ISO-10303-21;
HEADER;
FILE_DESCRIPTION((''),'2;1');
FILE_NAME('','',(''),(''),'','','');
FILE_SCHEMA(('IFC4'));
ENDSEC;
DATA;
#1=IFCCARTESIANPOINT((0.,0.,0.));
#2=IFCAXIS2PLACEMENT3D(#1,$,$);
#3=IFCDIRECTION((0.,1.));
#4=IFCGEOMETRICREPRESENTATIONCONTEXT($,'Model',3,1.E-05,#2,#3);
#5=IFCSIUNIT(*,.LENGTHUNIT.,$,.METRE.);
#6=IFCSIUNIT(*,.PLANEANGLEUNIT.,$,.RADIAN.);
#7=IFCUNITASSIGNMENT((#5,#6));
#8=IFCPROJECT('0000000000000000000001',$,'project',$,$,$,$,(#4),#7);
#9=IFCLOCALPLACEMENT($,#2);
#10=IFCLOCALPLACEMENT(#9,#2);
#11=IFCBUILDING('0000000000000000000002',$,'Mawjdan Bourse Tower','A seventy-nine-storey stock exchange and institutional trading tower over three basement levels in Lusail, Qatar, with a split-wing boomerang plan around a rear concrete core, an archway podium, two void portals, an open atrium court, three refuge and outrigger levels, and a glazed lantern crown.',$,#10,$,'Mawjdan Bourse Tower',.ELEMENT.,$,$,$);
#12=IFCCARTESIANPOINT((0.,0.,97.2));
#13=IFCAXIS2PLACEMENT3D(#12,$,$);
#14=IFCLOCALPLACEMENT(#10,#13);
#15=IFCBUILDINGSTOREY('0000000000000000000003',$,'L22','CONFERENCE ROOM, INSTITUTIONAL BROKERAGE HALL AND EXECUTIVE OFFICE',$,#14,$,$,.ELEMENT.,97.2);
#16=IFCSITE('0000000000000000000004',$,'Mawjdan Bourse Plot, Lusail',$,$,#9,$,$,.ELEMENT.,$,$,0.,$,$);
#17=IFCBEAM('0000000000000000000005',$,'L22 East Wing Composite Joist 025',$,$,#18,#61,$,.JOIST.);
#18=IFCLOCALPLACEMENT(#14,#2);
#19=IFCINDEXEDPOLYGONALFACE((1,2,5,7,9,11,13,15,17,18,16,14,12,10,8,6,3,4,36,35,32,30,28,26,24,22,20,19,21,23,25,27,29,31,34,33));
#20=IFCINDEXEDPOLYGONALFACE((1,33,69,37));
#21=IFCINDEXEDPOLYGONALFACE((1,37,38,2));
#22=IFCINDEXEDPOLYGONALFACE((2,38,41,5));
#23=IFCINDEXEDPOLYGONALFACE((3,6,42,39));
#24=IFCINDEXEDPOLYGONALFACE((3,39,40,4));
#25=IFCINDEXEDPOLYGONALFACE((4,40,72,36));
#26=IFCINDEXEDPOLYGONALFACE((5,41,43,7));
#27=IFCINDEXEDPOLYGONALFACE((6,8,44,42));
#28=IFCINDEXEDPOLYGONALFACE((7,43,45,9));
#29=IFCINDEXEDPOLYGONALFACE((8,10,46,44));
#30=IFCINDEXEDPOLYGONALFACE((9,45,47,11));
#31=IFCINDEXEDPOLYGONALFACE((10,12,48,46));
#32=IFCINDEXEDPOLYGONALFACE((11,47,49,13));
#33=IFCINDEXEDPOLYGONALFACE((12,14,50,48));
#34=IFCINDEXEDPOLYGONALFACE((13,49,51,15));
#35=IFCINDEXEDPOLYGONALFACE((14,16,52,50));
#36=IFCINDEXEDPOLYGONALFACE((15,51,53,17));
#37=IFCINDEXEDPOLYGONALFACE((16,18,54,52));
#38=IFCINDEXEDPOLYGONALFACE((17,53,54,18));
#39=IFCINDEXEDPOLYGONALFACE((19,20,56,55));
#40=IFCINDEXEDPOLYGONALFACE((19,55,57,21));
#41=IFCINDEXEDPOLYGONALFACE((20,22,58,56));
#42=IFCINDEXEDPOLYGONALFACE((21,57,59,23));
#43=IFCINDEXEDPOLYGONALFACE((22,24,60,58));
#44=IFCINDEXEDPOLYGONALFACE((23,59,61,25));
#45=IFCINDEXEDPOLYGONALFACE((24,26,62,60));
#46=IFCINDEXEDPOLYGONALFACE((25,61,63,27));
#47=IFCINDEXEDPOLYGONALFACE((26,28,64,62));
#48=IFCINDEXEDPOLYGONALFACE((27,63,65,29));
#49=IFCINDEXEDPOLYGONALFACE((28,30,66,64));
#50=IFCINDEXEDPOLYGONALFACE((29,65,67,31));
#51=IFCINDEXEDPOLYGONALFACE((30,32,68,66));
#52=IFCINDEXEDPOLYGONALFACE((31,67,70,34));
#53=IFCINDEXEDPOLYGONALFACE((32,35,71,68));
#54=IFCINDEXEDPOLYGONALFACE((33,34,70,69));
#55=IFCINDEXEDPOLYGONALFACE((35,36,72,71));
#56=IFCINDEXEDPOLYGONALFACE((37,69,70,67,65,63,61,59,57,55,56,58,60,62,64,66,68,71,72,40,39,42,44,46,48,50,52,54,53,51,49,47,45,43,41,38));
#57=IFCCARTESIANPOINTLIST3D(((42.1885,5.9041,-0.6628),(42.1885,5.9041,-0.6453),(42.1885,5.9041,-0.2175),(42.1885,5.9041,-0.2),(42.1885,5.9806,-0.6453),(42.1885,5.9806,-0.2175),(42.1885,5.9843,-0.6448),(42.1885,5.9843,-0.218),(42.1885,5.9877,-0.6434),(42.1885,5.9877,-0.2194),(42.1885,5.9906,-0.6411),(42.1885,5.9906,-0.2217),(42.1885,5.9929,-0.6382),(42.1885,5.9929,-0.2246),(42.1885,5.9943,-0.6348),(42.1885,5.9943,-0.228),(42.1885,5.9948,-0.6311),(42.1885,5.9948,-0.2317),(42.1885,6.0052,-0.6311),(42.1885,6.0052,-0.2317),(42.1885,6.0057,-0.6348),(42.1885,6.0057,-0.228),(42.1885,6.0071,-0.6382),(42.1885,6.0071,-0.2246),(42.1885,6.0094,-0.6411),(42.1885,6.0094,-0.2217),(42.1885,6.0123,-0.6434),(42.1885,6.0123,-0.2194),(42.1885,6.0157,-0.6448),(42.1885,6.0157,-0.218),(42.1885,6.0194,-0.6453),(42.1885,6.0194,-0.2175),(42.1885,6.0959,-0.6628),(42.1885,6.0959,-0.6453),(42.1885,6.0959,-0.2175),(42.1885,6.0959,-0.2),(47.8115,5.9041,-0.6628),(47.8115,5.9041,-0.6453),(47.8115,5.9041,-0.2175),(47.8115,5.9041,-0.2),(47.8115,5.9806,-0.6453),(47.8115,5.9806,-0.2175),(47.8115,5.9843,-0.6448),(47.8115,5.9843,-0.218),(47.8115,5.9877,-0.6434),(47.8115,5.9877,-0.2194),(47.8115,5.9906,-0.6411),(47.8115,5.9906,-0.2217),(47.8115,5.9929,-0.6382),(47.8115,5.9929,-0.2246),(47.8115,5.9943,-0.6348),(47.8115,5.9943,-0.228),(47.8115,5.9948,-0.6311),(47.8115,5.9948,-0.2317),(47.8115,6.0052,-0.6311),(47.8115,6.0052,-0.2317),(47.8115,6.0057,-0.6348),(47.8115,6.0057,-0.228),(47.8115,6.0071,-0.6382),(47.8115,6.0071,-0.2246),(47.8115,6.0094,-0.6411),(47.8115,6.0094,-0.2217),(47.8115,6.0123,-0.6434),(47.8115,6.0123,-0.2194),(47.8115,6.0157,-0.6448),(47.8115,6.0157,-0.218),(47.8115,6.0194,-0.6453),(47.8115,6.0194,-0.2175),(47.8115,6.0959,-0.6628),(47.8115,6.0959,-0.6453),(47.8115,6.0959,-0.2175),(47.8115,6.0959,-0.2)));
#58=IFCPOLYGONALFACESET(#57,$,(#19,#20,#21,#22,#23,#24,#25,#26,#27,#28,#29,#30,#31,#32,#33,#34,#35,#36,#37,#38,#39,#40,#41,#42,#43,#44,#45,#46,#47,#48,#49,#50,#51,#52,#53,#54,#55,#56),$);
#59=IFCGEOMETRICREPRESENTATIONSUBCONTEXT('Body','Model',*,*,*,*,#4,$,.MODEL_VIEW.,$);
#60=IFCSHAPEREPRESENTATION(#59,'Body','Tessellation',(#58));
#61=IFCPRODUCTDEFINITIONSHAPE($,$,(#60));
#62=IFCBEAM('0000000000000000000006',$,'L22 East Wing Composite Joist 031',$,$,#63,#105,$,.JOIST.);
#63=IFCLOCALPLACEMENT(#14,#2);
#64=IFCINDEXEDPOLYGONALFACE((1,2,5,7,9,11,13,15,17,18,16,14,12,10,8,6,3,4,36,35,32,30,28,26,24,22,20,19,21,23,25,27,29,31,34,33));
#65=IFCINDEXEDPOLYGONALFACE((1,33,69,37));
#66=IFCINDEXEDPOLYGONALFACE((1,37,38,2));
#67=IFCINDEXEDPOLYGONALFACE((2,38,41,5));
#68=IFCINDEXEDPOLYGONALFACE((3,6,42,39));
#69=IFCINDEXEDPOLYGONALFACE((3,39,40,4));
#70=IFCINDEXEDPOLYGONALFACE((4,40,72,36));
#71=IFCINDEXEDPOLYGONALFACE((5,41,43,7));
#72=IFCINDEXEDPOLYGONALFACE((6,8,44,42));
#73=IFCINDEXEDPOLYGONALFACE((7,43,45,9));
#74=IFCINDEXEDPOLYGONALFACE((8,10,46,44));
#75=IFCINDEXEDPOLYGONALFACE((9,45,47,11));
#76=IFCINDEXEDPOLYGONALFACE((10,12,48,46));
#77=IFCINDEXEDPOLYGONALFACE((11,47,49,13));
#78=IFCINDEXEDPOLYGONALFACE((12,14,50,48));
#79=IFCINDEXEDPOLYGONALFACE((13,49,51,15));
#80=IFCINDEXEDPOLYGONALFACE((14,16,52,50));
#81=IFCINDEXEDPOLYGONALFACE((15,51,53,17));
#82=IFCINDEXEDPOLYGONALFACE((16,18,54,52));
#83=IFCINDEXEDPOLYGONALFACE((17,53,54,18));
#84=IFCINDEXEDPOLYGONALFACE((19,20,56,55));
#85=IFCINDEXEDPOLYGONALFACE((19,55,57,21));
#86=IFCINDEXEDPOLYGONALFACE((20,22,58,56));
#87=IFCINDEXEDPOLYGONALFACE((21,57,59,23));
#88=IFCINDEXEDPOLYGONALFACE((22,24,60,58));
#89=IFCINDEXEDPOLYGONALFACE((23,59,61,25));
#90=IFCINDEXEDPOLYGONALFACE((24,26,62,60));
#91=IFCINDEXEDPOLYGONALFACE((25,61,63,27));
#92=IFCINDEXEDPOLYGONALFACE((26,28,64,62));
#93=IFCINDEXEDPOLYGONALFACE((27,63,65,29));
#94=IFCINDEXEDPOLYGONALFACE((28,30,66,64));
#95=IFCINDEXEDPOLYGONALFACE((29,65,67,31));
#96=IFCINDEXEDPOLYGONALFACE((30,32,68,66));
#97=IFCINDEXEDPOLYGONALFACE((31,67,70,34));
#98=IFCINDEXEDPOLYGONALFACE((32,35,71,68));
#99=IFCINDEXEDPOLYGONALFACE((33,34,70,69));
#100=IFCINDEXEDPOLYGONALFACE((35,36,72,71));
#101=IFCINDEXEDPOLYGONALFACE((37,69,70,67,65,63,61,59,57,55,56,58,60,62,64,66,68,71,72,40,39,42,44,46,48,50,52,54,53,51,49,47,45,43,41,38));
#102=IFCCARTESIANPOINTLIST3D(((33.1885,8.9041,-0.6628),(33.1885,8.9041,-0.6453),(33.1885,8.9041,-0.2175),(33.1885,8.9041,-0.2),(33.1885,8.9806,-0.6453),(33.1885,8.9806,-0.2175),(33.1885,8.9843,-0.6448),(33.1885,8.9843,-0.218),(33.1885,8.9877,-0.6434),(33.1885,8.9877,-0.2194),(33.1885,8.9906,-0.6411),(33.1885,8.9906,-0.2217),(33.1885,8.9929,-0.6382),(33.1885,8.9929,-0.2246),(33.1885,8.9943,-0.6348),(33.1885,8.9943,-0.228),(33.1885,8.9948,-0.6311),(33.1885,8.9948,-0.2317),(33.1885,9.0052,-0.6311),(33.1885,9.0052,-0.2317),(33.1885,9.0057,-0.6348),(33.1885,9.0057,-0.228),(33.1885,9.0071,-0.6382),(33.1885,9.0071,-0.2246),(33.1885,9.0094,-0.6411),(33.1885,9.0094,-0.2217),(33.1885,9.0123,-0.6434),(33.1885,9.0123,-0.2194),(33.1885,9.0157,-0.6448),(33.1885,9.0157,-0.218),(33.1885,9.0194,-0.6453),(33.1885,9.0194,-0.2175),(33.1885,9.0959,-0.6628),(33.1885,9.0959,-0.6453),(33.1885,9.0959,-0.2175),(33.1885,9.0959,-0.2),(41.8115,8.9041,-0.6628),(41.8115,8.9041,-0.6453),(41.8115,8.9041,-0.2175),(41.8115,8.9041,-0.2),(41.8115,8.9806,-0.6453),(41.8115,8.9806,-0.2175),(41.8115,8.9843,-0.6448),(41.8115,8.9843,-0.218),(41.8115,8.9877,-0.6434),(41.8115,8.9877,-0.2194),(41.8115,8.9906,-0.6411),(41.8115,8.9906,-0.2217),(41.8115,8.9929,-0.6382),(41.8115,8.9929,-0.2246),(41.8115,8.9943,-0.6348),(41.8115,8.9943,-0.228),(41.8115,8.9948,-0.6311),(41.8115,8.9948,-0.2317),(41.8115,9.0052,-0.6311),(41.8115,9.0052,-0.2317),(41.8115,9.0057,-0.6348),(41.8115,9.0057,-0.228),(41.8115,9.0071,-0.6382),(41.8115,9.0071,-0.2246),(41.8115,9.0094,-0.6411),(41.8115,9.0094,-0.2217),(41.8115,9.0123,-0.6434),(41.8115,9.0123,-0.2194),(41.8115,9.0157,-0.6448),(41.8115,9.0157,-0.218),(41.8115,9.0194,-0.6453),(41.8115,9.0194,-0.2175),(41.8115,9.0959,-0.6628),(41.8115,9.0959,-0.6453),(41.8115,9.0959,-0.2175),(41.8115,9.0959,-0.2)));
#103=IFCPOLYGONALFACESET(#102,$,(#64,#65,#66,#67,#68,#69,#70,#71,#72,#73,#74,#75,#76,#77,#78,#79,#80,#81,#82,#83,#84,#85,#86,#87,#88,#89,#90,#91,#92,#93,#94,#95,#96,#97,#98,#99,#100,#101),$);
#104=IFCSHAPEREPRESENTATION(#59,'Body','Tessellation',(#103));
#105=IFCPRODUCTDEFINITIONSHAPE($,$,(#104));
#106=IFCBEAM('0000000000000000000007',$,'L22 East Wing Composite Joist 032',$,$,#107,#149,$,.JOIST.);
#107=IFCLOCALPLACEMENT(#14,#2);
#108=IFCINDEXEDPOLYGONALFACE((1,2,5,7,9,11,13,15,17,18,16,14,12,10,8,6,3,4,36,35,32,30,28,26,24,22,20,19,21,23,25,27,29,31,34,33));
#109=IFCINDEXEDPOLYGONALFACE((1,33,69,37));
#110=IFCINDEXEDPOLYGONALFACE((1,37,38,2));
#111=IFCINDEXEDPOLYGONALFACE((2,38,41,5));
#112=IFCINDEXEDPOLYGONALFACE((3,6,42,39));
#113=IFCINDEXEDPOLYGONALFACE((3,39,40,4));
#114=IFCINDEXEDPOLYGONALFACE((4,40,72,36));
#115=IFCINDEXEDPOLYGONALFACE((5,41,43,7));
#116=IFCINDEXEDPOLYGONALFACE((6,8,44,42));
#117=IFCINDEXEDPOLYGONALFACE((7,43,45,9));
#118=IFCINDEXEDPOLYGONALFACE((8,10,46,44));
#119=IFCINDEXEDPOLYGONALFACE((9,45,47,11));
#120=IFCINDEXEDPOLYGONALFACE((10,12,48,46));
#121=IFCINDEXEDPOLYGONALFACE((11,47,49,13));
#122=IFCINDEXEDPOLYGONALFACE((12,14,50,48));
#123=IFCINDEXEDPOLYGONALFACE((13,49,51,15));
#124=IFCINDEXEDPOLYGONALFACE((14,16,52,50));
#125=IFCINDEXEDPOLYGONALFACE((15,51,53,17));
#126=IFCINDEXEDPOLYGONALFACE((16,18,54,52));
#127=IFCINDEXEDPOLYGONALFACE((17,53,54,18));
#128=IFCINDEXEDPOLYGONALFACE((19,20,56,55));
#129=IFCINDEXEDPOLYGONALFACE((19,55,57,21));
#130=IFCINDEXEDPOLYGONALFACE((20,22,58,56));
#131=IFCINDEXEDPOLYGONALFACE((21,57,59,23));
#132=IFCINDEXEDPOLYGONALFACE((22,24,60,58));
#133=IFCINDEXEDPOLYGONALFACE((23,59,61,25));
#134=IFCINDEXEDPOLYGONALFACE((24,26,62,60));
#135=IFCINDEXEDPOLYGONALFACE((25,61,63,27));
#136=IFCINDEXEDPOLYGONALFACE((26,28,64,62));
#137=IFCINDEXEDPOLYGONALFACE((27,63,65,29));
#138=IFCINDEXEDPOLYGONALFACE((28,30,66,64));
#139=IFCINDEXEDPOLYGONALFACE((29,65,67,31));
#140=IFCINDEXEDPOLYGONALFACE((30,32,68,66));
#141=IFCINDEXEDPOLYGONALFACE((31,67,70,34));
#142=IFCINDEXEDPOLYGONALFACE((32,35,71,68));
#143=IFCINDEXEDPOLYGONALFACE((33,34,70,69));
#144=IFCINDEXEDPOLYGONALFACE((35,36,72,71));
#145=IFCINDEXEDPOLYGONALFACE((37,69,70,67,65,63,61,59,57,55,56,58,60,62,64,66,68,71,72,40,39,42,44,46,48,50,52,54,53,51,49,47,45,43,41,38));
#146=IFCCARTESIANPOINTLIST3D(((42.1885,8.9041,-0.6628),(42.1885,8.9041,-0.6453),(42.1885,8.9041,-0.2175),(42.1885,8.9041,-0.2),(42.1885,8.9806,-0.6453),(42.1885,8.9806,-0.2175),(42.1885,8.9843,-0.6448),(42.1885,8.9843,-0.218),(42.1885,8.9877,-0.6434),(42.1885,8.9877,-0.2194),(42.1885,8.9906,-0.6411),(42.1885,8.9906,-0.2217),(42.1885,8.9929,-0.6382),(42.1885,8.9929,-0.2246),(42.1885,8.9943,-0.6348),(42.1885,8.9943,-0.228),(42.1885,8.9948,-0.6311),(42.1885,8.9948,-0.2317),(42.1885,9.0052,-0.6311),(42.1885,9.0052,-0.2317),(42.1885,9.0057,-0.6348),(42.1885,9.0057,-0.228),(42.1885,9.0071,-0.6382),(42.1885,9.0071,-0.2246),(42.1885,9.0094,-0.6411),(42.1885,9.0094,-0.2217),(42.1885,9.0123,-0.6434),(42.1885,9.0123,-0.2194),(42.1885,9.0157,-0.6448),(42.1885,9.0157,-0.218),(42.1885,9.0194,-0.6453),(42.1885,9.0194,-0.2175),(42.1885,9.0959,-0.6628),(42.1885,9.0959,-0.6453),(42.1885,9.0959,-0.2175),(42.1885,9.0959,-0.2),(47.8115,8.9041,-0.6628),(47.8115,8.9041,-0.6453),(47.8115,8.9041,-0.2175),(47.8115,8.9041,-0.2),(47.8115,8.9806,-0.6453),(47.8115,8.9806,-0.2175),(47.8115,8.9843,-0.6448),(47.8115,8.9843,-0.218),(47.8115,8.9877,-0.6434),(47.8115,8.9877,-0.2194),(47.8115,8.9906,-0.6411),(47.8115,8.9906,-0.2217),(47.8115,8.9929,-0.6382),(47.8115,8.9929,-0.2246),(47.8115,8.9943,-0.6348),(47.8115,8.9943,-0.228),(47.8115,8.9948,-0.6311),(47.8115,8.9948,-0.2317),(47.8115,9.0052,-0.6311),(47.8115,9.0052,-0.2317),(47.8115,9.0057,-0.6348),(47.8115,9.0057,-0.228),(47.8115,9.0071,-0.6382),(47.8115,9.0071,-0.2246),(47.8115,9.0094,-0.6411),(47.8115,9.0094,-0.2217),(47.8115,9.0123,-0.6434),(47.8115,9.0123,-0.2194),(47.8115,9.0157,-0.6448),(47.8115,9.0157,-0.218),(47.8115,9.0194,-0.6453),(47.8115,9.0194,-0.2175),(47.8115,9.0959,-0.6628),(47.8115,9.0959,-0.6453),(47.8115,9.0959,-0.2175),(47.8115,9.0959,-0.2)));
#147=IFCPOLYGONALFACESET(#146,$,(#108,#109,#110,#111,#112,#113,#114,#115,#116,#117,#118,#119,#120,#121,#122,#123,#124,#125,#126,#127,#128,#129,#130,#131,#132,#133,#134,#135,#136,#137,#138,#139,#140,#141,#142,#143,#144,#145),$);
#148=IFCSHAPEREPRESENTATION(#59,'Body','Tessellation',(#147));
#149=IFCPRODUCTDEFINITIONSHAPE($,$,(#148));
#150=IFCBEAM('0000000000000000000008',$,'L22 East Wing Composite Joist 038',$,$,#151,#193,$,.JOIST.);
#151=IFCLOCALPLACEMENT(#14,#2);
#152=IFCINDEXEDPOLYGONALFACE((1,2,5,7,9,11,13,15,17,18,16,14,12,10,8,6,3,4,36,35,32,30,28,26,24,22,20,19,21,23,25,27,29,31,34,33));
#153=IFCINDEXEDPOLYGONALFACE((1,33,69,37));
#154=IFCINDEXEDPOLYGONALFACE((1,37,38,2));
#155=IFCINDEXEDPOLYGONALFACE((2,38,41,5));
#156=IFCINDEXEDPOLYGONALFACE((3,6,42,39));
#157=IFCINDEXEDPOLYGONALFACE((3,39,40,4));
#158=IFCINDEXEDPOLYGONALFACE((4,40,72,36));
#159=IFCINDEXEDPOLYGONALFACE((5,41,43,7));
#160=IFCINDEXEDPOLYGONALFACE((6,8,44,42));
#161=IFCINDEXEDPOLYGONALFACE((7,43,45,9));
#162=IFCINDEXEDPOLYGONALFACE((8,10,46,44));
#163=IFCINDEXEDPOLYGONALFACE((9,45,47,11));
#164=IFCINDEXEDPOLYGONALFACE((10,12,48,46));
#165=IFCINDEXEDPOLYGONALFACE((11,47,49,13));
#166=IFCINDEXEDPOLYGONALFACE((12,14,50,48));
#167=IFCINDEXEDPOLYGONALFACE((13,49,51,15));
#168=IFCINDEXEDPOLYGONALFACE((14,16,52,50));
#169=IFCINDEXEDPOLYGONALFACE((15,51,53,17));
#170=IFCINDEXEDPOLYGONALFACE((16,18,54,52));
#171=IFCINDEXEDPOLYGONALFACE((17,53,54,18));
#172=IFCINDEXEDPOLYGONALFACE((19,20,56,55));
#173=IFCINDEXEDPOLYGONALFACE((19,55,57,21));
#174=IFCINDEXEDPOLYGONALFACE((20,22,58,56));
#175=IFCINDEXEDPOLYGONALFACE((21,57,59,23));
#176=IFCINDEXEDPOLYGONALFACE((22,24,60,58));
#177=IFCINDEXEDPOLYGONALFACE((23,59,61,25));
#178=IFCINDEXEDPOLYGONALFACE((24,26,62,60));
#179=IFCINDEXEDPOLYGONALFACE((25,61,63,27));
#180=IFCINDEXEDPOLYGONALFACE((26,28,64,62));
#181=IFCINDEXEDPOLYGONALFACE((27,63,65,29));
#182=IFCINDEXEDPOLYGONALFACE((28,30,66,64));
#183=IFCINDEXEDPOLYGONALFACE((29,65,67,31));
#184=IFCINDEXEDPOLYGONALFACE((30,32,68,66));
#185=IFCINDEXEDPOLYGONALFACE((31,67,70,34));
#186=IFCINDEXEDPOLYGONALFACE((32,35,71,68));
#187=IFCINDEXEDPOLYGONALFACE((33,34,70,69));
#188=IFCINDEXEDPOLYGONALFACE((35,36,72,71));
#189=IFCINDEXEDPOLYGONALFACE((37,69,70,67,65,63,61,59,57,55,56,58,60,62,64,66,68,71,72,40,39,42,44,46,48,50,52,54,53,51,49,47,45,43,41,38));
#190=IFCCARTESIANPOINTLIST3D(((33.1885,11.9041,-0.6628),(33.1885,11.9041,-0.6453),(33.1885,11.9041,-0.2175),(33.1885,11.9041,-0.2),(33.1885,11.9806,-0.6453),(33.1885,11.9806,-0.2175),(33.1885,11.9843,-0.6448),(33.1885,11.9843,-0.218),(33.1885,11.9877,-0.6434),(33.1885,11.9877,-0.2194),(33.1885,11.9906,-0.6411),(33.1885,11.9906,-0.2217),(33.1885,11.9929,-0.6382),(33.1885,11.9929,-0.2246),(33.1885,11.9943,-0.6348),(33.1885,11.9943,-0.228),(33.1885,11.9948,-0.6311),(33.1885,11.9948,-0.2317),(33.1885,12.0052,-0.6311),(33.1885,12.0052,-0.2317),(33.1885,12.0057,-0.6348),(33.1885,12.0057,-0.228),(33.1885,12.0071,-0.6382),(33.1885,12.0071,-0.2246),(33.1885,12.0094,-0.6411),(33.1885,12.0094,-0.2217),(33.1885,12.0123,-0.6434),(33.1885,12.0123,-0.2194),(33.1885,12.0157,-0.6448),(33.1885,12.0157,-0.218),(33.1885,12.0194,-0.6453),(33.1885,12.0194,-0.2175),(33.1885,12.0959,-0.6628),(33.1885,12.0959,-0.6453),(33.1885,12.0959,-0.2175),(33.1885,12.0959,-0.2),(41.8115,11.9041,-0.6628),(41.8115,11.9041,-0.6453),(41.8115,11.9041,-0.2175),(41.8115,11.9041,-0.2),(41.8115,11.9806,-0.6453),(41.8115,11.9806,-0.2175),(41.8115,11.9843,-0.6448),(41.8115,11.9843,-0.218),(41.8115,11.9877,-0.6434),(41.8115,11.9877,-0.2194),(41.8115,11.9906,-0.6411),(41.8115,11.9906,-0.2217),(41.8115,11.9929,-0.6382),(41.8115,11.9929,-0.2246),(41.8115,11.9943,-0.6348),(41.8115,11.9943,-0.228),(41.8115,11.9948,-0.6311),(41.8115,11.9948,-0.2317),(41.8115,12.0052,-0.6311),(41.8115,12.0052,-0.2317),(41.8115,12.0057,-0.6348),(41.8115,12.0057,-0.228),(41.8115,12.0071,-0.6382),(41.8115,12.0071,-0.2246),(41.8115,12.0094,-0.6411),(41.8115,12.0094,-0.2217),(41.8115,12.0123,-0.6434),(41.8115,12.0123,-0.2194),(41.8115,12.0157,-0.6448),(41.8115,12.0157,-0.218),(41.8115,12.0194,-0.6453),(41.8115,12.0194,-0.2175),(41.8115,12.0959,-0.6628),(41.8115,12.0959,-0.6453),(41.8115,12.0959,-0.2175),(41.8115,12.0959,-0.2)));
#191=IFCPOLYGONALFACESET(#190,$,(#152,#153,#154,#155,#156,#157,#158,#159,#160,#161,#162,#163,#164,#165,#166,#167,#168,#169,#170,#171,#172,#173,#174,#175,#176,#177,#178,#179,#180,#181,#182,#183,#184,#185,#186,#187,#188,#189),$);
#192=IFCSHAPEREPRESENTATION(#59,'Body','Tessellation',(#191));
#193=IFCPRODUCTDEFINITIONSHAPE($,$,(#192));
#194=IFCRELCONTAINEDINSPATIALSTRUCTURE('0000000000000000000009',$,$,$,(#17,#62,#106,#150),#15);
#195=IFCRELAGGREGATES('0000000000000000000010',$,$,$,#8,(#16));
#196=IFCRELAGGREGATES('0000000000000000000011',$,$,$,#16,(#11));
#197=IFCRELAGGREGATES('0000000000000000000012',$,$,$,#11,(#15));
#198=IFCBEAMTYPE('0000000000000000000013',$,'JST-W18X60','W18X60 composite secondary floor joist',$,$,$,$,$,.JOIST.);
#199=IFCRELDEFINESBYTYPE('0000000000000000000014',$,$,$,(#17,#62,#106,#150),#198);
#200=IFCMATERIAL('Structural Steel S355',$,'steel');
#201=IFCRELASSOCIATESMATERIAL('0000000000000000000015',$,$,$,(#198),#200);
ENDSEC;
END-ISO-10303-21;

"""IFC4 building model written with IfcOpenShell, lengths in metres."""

from ifc_helpers import new_model, si_unit, direction, frame, origin, origin_2d, place, context, subcontext, project, spatial, i_section, extrude, material, material_profile, profile_set, type_object, element, save


model = new_model("IFC4")

# Units and contexts
model_context = context("Model", 3, precision=1e-05, world=origin(), true_north=direction((0.0, 1.0)))
body_context = subcontext(model_context, "Body", "Model", "MODEL_VIEW")
ifc_project = project(units=[si_unit("LENGTHUNIT", "METRE"), si_unit("PLANEANGLEUNIT", "RADIAN")], contexts=[model_context])

# Site, building, storey
site_placement = place(None, origin())
site = spatial("IfcSite", under=ifc_project, at=site_placement, Name="Mawjdan Bourse Plot, Lusail", CompositionType="ELEMENT", RefElevation=0.0)
building_placement = place(site_placement, origin())
building = spatial("IfcBuilding", under=site, at=building_placement, Name="Mawjdan Bourse Tower", Description="A seventy-nine-storey stock exchange and institutional trading tower over three basement levels in Lusail, Qatar, with a split-wing boomerang plan around a rear concrete core, an archway podium, two void portals, an open atrium court, three refuge and outrigger levels, and a glazed lantern crown.", LongName="Mawjdan Bourse Tower", CompositionType="ELEMENT")
storey_placement = place(building_placement, frame((0.0, 0.0, 97.2)))
storey = spatial("IfcBuildingStorey", under=building, at=storey_placement, Name="L22", Description="CONFERENCE ROOM, INSTITUTIONAL BROKERAGE HALL AND EXECUTIVE OFFICE", CompositionType="ELEMENT", Elevation=97.2)

# Beams
ifc_material_1 = material(Name="Structural Steel S355", Category="steel")
ifc_material_profile_1 = material_profile(ifc_material_1, i_section(OverallWidth=0.1919, OverallDepth=0.4629, WebThickness=0.0105, FlangeThickness=0.0176, FilletRadius=0.0142, at=origin_2d()), Name="W18X60")
ifc_profile_set_1 = profile_set([ifc_material_profile_1], Name="Structural Steel S355")
beam_type_1 = type_object("IfcBeamType", Name="JST-W18X60", Description="W18X60 composite secondary floor joist", PredefinedType="JOIST", material=ifc_profile_set_1)
beam_1_placement = place(storey_placement, frame((42.1885, 6.0, -0.4314), z_axis=(1.0, 0.0, 0.0), x_axis=(0.0, 1.0, 0.0)))
element("IfcBeam", 1, at=beam_1_placement, inside=storey, type_object=beam_type_1, Name="L22 East Wing Composite Joist 025", PredefinedType="JOIST", context=body_context, shape_type="SweptSolid", body=[
    extrude(i_section(OverallWidth=0.1919, OverallDepth=0.4629, WebThickness=0.0105, FlangeThickness=0.0176, FilletRadius=0.0142, at=origin_2d()), origin(), (0.0, 0.0, 1.0), 5.623),
])
beam_2_placement = place(storey_placement, frame((33.1885, 9.0, -0.4314), z_axis=(1.0, 0.0, 0.0), x_axis=(0.0, 1.0, 0.0)))
element("IfcBeam", 2, at=beam_2_placement, inside=storey, type_object=beam_type_1, Name="L22 East Wing Composite Joist 031", PredefinedType="JOIST", context=body_context, shape_type="SweptSolid", body=[
    extrude(i_section(OverallWidth=0.1919, OverallDepth=0.4629, WebThickness=0.0105, FlangeThickness=0.0176, FilletRadius=0.0142, at=origin_2d()), origin(), (0.0, 0.0, 1.0), 8.623),
])
beam_3_placement = place(storey_placement, frame((42.1885, 9.0, -0.4314), z_axis=(1.0, 0.0, 0.0), x_axis=(0.0, 1.0, 0.0)))
element("IfcBeam", 3, at=beam_3_placement, inside=storey, type_object=beam_type_1, Name="L22 East Wing Composite Joist 032", PredefinedType="JOIST", context=body_context, shape_type="SweptSolid", body=[
    extrude(i_section(OverallWidth=0.1919, OverallDepth=0.4629, WebThickness=0.0105, FlangeThickness=0.0176, FilletRadius=0.0142, at=origin_2d()), origin(), (0.0, 0.0, 1.0), 5.623),
])
beam_4_placement = place(storey_placement, frame((33.1885, 12.0, -0.4314), z_axis=(1.0, 0.0, 0.0), x_axis=(0.0, 1.0, 0.0)))
element("IfcBeam", 4, at=beam_4_placement, inside=storey, type_object=beam_type_1, Name="L22 East Wing Composite Joist 038", PredefinedType="JOIST", context=body_context, shape_type="SweptSolid", body=[
    extrude(i_section(OverallWidth=0.1919, OverallDepth=0.4629, WebThickness=0.0105, FlangeThickness=0.0176, FilletRadius=0.0142, at=origin_2d()), origin(), (0.0, 0.0, 1.0), 8.623),
])

save(model, "model.ifc")
